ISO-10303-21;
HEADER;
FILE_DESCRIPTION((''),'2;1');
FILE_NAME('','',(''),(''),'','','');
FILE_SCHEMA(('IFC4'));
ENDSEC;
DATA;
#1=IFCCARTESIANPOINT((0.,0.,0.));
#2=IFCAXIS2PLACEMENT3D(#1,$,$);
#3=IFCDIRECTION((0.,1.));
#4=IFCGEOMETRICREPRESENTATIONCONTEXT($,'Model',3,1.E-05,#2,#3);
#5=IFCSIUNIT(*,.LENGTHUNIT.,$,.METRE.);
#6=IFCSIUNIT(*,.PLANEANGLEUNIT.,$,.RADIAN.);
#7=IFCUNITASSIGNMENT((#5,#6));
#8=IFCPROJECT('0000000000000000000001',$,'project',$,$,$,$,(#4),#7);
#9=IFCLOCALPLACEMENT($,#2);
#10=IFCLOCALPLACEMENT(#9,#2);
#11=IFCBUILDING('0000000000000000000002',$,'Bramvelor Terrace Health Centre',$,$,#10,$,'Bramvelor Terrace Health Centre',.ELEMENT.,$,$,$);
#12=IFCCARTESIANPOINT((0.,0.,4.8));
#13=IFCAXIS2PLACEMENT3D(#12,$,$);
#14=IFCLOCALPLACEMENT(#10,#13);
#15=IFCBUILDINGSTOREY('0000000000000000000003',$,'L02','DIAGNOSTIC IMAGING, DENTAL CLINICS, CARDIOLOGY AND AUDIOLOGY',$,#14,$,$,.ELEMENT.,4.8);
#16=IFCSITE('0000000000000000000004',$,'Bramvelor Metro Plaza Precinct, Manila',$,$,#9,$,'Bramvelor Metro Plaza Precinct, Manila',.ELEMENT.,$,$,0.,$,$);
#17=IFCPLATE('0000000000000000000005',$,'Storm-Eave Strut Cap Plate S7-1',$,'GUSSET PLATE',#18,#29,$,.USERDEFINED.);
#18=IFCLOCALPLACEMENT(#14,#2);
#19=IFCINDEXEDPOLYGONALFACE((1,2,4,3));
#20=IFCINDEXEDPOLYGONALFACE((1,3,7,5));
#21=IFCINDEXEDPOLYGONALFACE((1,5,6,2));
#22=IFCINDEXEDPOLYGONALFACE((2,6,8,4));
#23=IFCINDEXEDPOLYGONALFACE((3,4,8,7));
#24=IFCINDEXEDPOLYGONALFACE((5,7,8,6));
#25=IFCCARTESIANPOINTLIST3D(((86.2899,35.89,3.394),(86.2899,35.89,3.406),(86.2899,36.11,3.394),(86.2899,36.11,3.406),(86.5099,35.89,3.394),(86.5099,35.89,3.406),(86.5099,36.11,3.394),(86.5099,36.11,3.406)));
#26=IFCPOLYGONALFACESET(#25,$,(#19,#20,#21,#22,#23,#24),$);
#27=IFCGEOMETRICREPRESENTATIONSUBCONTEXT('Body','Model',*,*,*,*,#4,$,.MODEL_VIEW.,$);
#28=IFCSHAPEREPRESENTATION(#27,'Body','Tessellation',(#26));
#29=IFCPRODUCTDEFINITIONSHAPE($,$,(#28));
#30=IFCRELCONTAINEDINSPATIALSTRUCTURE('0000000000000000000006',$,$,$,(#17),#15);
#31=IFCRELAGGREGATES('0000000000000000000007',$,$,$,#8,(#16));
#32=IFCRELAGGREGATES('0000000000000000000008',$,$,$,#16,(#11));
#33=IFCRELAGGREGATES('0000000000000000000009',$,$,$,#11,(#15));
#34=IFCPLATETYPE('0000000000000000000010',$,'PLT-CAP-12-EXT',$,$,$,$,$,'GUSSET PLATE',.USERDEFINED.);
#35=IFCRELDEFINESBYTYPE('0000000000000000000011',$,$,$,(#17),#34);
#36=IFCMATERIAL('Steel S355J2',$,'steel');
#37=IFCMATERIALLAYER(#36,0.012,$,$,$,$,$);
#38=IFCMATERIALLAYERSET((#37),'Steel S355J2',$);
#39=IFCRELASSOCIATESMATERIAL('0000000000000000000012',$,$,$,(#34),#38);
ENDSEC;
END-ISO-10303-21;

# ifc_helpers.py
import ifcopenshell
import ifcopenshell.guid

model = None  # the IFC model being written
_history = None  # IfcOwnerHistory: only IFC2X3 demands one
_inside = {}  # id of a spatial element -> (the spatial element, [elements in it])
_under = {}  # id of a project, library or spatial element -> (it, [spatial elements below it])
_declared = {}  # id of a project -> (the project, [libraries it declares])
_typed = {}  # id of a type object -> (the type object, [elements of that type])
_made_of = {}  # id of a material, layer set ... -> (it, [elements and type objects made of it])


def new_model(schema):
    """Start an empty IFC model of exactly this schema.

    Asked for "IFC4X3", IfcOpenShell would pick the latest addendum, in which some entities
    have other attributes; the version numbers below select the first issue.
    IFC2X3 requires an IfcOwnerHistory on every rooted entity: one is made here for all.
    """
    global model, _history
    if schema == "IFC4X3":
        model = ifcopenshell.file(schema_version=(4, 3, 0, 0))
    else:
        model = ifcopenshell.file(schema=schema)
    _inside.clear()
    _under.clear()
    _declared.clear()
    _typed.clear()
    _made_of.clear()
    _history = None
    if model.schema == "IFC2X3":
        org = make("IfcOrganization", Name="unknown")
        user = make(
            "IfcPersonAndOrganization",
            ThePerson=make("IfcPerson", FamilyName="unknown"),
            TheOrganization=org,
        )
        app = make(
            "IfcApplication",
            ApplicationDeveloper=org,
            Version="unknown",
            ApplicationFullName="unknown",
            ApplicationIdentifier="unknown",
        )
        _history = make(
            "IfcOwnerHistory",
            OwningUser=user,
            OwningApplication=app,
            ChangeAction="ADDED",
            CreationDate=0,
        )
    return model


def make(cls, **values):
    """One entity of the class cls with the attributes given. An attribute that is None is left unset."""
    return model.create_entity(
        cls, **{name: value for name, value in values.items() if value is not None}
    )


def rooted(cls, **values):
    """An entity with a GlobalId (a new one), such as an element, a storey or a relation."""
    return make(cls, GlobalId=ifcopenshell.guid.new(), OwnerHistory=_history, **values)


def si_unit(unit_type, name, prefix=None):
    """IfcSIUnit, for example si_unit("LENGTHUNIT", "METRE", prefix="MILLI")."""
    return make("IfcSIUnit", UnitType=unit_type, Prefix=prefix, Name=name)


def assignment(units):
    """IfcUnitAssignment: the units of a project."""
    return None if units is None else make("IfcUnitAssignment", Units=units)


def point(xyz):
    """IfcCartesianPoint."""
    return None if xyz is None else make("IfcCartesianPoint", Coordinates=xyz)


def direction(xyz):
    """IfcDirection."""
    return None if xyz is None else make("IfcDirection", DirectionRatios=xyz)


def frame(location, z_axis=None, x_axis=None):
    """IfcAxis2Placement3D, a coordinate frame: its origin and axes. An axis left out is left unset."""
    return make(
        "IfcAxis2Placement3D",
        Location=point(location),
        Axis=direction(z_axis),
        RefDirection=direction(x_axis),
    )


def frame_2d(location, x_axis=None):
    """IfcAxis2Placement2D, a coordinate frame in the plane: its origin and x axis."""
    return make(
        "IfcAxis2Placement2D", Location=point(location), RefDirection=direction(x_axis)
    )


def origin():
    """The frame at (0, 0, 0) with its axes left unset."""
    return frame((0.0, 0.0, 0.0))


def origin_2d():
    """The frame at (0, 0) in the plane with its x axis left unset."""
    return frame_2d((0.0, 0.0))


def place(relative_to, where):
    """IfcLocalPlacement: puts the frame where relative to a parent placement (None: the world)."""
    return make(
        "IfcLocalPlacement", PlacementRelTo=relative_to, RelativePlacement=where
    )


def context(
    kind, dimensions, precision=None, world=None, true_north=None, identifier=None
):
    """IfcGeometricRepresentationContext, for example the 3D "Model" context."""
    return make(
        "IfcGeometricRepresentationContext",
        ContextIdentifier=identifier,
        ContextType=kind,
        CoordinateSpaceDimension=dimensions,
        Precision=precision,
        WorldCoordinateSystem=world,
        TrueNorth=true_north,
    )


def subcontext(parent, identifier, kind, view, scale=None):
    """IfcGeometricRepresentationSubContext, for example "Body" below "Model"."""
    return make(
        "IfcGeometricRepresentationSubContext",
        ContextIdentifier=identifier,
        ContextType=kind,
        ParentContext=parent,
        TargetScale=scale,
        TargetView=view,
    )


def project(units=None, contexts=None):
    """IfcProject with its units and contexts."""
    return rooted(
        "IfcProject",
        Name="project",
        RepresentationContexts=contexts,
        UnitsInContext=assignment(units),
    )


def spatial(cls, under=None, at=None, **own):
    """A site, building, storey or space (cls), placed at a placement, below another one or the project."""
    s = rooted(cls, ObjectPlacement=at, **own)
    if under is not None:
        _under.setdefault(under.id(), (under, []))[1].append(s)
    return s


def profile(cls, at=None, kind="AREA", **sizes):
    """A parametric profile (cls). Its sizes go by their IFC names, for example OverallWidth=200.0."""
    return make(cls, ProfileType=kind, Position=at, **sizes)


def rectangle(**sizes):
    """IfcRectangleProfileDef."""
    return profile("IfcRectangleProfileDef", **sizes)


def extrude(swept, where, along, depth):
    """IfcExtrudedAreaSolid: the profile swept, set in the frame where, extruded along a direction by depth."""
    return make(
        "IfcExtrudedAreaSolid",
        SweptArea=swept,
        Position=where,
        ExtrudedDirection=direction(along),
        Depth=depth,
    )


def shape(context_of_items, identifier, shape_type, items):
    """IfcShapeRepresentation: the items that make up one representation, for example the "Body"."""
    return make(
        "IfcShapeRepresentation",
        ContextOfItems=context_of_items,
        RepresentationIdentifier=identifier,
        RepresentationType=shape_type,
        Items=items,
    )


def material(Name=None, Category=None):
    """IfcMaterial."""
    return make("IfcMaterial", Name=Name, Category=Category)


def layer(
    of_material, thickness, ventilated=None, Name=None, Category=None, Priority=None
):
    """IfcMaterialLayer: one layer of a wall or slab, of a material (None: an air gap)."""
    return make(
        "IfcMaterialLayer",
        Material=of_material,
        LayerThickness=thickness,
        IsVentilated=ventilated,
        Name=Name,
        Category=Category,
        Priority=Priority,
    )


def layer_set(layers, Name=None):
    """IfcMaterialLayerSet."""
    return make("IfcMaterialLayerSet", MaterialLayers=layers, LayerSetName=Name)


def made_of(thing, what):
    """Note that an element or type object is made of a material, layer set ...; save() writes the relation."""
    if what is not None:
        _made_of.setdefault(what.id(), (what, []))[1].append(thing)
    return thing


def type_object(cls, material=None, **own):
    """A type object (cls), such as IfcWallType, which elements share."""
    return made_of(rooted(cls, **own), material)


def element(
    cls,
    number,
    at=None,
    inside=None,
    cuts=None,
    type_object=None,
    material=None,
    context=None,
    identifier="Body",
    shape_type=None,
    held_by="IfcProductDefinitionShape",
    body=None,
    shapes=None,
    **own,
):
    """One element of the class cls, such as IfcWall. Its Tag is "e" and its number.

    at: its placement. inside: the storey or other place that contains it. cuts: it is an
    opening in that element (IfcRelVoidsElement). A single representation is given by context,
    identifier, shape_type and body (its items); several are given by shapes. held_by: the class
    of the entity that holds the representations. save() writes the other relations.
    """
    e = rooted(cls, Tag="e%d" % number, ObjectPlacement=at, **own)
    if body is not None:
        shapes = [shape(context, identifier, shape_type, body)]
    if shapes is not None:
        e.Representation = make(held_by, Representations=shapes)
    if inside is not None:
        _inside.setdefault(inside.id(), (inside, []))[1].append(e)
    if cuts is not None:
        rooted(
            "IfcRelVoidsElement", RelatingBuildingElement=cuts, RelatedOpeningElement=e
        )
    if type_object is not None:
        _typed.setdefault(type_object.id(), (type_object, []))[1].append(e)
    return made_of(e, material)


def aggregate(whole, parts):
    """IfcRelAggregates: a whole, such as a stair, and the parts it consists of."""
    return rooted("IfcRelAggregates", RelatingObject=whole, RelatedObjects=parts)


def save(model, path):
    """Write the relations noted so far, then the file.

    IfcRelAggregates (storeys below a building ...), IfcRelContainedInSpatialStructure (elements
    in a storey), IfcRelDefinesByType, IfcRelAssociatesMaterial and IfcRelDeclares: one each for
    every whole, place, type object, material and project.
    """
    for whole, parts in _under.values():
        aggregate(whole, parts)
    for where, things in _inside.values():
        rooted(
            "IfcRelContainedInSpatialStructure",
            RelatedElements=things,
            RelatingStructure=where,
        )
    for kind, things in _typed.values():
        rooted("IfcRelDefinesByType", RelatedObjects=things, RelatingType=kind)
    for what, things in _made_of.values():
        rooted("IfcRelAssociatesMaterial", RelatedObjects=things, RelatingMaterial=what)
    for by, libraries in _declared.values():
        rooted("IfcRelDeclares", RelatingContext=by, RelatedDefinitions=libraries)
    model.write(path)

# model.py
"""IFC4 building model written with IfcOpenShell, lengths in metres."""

from ifc_helpers import new_model, si_unit, direction, frame, origin, origin_2d, place, context, subcontext, project, spatial, rectangle, extrude, material, layer, layer_set, type_object, element, save


model = new_model("IFC4")

# Units and contexts
model_context = context("Model", 3, precision=1e-05, world=origin(), true_north=direction((0.0, 1.0)))
body_context = subcontext(model_context, "Body", "Model", "MODEL_VIEW")
ifc_project = project(units=[si_unit("LENGTHUNIT", "METRE"), si_unit("PLANEANGLEUNIT", "RADIAN")], contexts=[model_context])

# Site, building, storey
site_placement = place(None, origin())
site = spatial("IfcSite", under=ifc_project, at=site_placement, Name="Bramvelor Metro Plaza Precinct, Manila", LongName="Bramvelor Metro Plaza Precinct, Manila", CompositionType="ELEMENT", RefElevation=0.0)
building_placement = place(site_placement, origin())
building = spatial("IfcBuilding", under=site, at=building_placement, Name="Bramvelor Terrace Health Centre", LongName="Bramvelor Terrace Health Centre", CompositionType="ELEMENT")
storey_placement = place(building_placement, frame((0.0, 0.0, 4.8)))
storey = spatial("IfcBuildingStorey", under=building, at=storey_placement, Name="L02", Description="DIAGNOSTIC IMAGING, DENTAL CLINICS, CARDIOLOGY AND AUDIOLOGY", CompositionType="ELEMENT", Elevation=4.8)

# Plate
ifc_material_1 = material(Name="Steel S355J2", Category="steel")
ifc_layer = layer(ifc_material_1, 0.012)
ifc_layer_set = layer_set([ifc_layer], Name="Steel S355J2")
plate_type = type_object("IfcPlateType", Name="PLT-CAP-12-EXT", ElementType="GUSSET PLATE", PredefinedType="USERDEFINED", material=ifc_layer_set)
for number, where, z_axis, x_axis, name in (
    (1, (86.3999, 36.0, 3.394), (0.0, 0.0, 1.0), (1.0, 0.0, 0.0), "Storm-Eave Strut Cap Plate S7-1"),
):
    element("IfcPlate", number, at=place(storey_placement, frame(where, z_axis=z_axis, x_axis=x_axis)), inside=storey, type_object=plate_type, Name=name, ObjectType="GUSSET PLATE", PredefinedType="USERDEFINED", context=body_context, shape_type="SweptSolid", body=[
        extrude(rectangle(XDim=0.22, YDim=0.22, at=origin_2d()), origin(), (0.0, 0.0, 1.0), 0.012),
    ])

save(model, "model.ifc")
